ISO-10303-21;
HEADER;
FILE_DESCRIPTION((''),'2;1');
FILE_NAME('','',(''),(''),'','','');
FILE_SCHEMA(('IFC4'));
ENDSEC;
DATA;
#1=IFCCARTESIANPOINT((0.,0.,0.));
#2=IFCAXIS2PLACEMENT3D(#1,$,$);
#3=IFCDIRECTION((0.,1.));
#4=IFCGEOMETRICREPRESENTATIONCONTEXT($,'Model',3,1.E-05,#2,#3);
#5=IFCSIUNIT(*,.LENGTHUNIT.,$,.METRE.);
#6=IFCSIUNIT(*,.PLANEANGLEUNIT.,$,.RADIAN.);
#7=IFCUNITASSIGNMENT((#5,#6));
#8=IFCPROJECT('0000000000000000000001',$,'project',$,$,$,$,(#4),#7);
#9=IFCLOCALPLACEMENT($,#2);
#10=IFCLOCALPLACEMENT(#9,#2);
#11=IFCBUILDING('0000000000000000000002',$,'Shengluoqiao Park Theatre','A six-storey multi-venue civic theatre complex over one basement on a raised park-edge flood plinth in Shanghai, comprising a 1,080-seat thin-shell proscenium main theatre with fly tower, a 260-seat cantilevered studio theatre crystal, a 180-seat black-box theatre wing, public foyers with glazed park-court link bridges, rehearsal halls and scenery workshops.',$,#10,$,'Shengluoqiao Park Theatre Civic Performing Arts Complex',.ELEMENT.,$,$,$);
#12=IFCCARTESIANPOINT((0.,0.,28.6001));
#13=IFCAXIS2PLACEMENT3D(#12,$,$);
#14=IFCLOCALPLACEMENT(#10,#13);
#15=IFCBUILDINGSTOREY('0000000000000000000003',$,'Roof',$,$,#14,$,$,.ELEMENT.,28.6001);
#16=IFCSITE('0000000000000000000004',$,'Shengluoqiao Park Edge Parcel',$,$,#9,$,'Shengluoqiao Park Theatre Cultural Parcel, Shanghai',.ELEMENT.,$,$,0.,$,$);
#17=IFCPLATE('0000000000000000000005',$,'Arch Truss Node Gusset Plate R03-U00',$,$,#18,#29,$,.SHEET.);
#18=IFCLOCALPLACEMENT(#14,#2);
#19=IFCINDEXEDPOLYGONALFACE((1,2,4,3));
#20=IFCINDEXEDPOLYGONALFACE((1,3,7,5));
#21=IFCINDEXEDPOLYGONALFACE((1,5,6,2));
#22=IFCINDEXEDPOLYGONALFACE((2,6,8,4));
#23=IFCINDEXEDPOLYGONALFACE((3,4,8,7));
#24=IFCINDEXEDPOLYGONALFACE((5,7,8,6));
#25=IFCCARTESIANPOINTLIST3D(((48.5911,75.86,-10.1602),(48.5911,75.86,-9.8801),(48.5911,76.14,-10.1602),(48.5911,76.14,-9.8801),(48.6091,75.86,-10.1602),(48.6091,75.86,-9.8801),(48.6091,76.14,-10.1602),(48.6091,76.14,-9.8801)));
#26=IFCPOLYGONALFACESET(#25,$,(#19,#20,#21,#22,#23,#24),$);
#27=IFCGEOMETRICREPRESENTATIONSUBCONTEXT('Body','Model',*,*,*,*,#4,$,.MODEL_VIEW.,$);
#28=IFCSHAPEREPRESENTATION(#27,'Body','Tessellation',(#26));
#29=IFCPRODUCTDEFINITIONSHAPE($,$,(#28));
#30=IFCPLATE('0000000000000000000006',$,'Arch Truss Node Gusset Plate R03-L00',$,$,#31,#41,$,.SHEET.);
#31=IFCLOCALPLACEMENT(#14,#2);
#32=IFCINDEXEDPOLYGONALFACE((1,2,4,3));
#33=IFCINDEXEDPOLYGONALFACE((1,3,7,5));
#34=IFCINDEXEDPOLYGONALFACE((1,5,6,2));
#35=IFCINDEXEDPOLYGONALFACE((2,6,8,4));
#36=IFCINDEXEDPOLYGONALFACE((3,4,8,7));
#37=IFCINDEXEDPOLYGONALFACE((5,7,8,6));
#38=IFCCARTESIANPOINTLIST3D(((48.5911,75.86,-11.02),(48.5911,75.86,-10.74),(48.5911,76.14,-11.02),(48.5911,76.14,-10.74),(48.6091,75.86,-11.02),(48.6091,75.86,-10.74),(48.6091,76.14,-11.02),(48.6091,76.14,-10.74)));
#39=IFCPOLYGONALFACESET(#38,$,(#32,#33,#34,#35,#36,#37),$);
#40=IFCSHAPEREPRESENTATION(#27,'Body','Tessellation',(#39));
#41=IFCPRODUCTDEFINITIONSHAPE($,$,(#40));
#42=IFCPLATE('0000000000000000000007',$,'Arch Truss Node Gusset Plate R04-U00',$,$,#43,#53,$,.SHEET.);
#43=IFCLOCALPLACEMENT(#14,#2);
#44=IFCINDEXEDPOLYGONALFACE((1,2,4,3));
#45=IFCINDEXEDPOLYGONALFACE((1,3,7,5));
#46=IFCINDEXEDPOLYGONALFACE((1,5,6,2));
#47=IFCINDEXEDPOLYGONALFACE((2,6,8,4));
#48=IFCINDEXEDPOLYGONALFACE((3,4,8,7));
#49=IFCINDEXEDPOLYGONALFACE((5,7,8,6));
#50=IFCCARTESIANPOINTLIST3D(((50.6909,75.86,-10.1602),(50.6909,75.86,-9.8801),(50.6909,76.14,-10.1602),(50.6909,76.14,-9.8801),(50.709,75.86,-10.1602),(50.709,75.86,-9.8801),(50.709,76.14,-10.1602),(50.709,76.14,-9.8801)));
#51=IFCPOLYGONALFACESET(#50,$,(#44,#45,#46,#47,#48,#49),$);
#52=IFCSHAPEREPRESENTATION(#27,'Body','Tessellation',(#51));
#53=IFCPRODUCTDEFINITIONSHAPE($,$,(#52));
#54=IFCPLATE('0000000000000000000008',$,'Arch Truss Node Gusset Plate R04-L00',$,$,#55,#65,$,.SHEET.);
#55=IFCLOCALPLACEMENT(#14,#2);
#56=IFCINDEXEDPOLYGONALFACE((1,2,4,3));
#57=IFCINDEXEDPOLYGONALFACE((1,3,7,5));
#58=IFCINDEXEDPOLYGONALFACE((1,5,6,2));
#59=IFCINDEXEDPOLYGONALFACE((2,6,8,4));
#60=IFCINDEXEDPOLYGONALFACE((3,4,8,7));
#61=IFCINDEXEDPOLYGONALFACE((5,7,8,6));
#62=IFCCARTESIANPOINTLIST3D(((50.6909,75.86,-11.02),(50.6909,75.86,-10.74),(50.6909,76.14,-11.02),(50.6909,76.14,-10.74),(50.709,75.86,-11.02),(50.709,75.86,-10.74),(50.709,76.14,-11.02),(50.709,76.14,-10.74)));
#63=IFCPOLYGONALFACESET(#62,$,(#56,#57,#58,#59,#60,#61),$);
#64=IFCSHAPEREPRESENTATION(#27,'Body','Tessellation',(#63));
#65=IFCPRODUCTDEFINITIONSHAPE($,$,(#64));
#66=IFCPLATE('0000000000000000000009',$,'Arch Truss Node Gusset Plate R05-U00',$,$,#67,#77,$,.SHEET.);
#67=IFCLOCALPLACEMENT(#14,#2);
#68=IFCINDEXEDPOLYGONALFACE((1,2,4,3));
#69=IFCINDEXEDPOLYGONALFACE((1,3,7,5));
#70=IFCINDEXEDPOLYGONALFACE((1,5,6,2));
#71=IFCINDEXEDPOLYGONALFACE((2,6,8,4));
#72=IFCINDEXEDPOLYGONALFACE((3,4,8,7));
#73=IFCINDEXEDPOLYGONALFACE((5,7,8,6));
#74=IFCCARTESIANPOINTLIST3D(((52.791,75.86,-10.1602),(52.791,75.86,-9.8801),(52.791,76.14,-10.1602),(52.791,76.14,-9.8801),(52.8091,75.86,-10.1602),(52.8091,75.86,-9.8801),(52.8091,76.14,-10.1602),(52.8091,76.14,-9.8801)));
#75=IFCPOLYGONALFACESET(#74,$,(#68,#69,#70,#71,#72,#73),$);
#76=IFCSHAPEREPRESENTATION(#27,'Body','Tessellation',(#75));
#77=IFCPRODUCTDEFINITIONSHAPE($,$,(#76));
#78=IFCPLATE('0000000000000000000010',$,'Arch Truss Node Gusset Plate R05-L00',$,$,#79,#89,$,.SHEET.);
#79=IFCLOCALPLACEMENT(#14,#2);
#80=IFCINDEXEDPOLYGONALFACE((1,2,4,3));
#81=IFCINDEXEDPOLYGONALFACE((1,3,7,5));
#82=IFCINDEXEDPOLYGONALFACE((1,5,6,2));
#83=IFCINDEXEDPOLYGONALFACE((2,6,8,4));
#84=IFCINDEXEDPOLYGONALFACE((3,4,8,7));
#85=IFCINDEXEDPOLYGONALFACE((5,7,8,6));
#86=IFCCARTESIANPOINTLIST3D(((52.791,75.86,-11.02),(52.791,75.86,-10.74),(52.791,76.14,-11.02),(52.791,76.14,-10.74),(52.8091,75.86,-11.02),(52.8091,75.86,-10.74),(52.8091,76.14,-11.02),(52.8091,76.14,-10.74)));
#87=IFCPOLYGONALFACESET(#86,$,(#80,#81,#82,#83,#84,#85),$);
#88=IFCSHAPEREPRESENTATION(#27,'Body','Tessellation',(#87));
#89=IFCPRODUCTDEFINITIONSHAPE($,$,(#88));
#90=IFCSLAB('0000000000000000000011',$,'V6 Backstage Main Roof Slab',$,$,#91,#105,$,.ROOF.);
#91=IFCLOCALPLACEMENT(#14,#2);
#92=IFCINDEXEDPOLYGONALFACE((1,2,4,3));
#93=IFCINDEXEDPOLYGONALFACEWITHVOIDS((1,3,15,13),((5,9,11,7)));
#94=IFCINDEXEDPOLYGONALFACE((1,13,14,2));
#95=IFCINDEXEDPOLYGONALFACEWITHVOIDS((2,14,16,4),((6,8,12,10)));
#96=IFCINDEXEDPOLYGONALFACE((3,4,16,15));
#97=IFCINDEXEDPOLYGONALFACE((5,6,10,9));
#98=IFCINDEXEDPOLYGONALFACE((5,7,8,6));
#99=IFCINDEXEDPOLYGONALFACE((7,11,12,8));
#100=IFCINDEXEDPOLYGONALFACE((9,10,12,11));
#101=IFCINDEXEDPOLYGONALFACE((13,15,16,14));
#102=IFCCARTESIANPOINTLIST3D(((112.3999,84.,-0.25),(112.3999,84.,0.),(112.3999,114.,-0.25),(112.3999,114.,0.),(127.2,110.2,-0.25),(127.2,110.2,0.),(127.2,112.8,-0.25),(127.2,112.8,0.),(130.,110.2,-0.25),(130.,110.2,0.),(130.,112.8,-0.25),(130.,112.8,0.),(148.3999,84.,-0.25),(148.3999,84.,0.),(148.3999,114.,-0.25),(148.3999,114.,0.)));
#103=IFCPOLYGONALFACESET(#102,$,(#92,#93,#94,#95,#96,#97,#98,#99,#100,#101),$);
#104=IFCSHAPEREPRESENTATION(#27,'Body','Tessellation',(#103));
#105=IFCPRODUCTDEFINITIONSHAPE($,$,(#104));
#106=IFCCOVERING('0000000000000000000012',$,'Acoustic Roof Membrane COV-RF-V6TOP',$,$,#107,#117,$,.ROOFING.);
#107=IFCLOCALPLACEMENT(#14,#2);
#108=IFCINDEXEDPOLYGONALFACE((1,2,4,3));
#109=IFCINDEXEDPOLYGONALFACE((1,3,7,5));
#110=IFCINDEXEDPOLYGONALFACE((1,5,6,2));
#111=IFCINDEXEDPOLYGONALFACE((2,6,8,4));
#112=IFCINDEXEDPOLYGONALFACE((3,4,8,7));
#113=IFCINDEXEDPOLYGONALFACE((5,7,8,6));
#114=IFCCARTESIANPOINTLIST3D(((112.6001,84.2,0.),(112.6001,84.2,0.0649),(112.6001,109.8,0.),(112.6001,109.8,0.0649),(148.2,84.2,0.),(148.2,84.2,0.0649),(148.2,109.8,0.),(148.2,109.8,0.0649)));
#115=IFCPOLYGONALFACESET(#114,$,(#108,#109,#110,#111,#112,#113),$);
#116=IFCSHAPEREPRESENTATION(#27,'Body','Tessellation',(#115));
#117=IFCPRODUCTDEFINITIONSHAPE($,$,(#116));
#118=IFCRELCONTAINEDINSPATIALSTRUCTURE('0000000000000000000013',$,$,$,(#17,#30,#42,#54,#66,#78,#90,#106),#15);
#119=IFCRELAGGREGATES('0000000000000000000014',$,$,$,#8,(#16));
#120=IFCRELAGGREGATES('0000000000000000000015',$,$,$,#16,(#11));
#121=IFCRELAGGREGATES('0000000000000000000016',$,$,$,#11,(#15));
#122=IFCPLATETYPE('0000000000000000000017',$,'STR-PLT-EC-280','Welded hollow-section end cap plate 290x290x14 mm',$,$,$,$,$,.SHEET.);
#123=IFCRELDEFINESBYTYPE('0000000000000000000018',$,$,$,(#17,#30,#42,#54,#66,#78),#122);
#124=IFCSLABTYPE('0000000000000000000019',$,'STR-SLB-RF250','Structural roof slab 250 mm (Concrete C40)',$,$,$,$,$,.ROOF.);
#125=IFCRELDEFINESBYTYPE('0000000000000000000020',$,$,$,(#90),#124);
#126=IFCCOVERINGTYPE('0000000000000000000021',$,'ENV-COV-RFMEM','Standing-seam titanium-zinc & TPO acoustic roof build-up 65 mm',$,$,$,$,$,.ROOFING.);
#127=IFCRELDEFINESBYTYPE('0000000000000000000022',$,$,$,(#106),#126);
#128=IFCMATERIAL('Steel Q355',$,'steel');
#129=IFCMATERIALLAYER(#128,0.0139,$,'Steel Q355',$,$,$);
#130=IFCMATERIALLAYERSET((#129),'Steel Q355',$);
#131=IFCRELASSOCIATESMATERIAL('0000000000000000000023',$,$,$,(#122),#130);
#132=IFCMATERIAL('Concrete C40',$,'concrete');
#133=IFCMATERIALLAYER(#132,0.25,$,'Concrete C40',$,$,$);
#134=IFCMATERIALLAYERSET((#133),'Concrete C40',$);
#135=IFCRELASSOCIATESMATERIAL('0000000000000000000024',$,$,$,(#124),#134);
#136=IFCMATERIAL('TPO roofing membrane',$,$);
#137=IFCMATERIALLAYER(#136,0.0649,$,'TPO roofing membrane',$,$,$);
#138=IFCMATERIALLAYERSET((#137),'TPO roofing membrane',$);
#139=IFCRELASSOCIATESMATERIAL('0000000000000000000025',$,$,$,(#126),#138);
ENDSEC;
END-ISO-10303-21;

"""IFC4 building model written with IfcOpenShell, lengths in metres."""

from ifc_helpers import new_model, si_unit, direction, frame, origin, origin_2d, place, context, subcontext, project, spatial, polyline, rectangle, outline, extrude, material, layer, layer_set, type_object, element, save


model = new_model("IFC4")

# Units and contexts
model_context = context("Model", 3, precision=1e-05, world=origin(), true_north=direction((0.0, 1.0)))
body_context = subcontext(model_context, "Body", "Model", "MODEL_VIEW")
ifc_project = project(units=[si_unit("LENGTHUNIT", "METRE"), si_unit("PLANEANGLEUNIT", "RADIAN")], contexts=[model_context])

# Site, building, storey
site_placement = place(None, origin())
site = spatial("IfcSite", under=ifc_project, at=site_placement, Name="Shengluoqiao Park Edge Parcel", LongName="Shengluoqiao Park Theatre Cultural Parcel, Shanghai", CompositionType="ELEMENT", RefElevation=0.0)
building_placement = place(site_placement, origin())
building = spatial("IfcBuilding", under=site, at=building_placement, Name="Shengluoqiao Park Theatre", Description="A six-storey multi-venue civic theatre complex over one basement on a raised park-edge flood plinth in Shanghai, comprising a 1,080-seat thin-shell proscenium main theatre with fly tower, a 260-seat cantilevered studio theatre crystal, a 180-seat black-box theatre wing, public foyers with glazed park-court link bridges, rehearsal halls and scenery workshops.", LongName="Shengluoqiao Park Theatre Civic Performing Arts Complex", CompositionType="ELEMENT")
storey_placement = place(building_placement, frame((0.0, 0.0, 28.6001)))
storey = spatial("IfcBuildingStorey", under=building, at=storey_placement, Name="Roof", CompositionType="ELEMENT", Elevation=28.6001)

# Shared definitions
ifc_material_1 = material(Name="Steel Q355", Category="steel")

# Plates
ifc_layer_1 = layer(ifc_material_1, 0.0139, Name="Steel Q355")
ifc_layer_set_1 = layer_set([ifc_layer_1], Name="Steel Q355")
plate_type = type_object("IfcPlateType", Name="STR-PLT-EC-280", Description="Welded hollow-section end cap plate 290x290x14 mm", PredefinedType="SHEET", material=ifc_layer_set_1)
for number, where, z_axis, x_axis, name in (
    (1, (48.6001, 76.0, -10.1602), (0.0, 0.0, 1.0), (1.0, 0.0, 0.0), "Arch Truss Node Gusset Plate R03-U00"),
    (2, (48.6001, 76.0, -11.02), (0.0, 0.0, 1.0), (1.0, 0.0, 0.0), "Arch Truss Node Gusset Plate R03-L00"),
    (3, (50.7, 76.0, -10.1602), (0.0, 0.0, 1.0), (1.0, 0.0, 0.0), "Arch Truss Node Gusset Plate R04-U00"),
    (4, (50.7, 76.0, -11.02), (0.0, 0.0, 1.0), (1.0, 0.0, 0.0), "Arch Truss Node Gusset Plate R04-L00"),
    (5, (52.8, 76.0, -10.1602), (0.0, 0.0, 1.0), (1.0, 0.0, 0.0), "Arch Truss Node Gusset Plate R05-U00"),
    (6, (52.8, 76.0, -11.02), (0.0, 0.0, 1.0), (1.0, 0.0, 0.0), "Arch Truss Node Gusset Plate R05-L00"),
):
    element("IfcPlate", number, at=place(storey_placement, frame(where, z_axis=z_axis, x_axis=x_axis)), inside=storey, type_object=plate_type, Name=name, PredefinedType="SHEET", context=body_context, shape_type="SweptSolid", body=[
        extrude(rectangle(XDim=0.0181, YDim=0.28, at=origin_2d()), origin(), (0.0, 0.0, 1.0), 0.28),
    ])

# Slab
ifc_material_2 = material(Name="Concrete C40", Category="concrete")
ifc_layer_2 = layer(ifc_material_2, 0.25, Name="Concrete C40")
ifc_layer_set_2 = layer_set([ifc_layer_2], Name="Concrete C40")
slab_type = type_object("IfcSlabType", Name="STR-SLB-RF250", Description="Structural roof slab 250 mm (Concrete C40)", PredefinedType="ROOF", material=ifc_layer_set_2)
slab_placement = place(storey_placement, frame((0.0, 0.0, -0.25)))
element("IfcSlab", 7, at=slab_placement, inside=storey, type_object=slab_type, Name="V6 Backstage Main Roof Slab", PredefinedType="ROOF", context=body_context, shape_type="SweptSolid", body=[
    extrude(outline(polyline([(112.3999, 84.0), (148.3999, 84.0), (148.3999, 114.0), (112.3999, 114.0), (112.3999, 84.0)]), holes=[polyline([(127.2, 110.2), (130.0, 110.2), (130.0, 112.8), (127.2, 112.8), (127.2, 110.2)])]), origin(), (0.0, 0.0, 1.0), 0.25),
])

# Covering
ifc_material_3 = material(Name="TPO roofing membrane")
ifc_layer_3 = layer(ifc_material_3, 0.0649, Name="TPO roofing membrane")
ifc_layer_set_3 = layer_set([ifc_layer_3], Name="TPO roofing membrane")
covering_type = type_object("IfcCoveringType", Name="ENV-COV-RFMEM", Description="Standing-seam titanium-zinc & TPO acoustic roof build-up 65 mm", PredefinedType="ROOFING", material=ifc_layer_set_3)
covering_placement = place(storey_placement, origin())
element("IfcCovering", 8, at=covering_placement, inside=storey, type_object=covering_type, Name="Acoustic Roof Membrane COV-RF-V6TOP", PredefinedType="ROOFING", context=body_context, shape_type="SweptSolid", body=[
    extrude(outline(polyline([(112.6001, 84.2), (148.2, 84.2), (148.2, 109.8), (112.6001, 109.8), (112.6001, 84.2)])), origin(), (0.0, 0.0, 1.0), 0.0649),
])

save(model, "model.ifc")
